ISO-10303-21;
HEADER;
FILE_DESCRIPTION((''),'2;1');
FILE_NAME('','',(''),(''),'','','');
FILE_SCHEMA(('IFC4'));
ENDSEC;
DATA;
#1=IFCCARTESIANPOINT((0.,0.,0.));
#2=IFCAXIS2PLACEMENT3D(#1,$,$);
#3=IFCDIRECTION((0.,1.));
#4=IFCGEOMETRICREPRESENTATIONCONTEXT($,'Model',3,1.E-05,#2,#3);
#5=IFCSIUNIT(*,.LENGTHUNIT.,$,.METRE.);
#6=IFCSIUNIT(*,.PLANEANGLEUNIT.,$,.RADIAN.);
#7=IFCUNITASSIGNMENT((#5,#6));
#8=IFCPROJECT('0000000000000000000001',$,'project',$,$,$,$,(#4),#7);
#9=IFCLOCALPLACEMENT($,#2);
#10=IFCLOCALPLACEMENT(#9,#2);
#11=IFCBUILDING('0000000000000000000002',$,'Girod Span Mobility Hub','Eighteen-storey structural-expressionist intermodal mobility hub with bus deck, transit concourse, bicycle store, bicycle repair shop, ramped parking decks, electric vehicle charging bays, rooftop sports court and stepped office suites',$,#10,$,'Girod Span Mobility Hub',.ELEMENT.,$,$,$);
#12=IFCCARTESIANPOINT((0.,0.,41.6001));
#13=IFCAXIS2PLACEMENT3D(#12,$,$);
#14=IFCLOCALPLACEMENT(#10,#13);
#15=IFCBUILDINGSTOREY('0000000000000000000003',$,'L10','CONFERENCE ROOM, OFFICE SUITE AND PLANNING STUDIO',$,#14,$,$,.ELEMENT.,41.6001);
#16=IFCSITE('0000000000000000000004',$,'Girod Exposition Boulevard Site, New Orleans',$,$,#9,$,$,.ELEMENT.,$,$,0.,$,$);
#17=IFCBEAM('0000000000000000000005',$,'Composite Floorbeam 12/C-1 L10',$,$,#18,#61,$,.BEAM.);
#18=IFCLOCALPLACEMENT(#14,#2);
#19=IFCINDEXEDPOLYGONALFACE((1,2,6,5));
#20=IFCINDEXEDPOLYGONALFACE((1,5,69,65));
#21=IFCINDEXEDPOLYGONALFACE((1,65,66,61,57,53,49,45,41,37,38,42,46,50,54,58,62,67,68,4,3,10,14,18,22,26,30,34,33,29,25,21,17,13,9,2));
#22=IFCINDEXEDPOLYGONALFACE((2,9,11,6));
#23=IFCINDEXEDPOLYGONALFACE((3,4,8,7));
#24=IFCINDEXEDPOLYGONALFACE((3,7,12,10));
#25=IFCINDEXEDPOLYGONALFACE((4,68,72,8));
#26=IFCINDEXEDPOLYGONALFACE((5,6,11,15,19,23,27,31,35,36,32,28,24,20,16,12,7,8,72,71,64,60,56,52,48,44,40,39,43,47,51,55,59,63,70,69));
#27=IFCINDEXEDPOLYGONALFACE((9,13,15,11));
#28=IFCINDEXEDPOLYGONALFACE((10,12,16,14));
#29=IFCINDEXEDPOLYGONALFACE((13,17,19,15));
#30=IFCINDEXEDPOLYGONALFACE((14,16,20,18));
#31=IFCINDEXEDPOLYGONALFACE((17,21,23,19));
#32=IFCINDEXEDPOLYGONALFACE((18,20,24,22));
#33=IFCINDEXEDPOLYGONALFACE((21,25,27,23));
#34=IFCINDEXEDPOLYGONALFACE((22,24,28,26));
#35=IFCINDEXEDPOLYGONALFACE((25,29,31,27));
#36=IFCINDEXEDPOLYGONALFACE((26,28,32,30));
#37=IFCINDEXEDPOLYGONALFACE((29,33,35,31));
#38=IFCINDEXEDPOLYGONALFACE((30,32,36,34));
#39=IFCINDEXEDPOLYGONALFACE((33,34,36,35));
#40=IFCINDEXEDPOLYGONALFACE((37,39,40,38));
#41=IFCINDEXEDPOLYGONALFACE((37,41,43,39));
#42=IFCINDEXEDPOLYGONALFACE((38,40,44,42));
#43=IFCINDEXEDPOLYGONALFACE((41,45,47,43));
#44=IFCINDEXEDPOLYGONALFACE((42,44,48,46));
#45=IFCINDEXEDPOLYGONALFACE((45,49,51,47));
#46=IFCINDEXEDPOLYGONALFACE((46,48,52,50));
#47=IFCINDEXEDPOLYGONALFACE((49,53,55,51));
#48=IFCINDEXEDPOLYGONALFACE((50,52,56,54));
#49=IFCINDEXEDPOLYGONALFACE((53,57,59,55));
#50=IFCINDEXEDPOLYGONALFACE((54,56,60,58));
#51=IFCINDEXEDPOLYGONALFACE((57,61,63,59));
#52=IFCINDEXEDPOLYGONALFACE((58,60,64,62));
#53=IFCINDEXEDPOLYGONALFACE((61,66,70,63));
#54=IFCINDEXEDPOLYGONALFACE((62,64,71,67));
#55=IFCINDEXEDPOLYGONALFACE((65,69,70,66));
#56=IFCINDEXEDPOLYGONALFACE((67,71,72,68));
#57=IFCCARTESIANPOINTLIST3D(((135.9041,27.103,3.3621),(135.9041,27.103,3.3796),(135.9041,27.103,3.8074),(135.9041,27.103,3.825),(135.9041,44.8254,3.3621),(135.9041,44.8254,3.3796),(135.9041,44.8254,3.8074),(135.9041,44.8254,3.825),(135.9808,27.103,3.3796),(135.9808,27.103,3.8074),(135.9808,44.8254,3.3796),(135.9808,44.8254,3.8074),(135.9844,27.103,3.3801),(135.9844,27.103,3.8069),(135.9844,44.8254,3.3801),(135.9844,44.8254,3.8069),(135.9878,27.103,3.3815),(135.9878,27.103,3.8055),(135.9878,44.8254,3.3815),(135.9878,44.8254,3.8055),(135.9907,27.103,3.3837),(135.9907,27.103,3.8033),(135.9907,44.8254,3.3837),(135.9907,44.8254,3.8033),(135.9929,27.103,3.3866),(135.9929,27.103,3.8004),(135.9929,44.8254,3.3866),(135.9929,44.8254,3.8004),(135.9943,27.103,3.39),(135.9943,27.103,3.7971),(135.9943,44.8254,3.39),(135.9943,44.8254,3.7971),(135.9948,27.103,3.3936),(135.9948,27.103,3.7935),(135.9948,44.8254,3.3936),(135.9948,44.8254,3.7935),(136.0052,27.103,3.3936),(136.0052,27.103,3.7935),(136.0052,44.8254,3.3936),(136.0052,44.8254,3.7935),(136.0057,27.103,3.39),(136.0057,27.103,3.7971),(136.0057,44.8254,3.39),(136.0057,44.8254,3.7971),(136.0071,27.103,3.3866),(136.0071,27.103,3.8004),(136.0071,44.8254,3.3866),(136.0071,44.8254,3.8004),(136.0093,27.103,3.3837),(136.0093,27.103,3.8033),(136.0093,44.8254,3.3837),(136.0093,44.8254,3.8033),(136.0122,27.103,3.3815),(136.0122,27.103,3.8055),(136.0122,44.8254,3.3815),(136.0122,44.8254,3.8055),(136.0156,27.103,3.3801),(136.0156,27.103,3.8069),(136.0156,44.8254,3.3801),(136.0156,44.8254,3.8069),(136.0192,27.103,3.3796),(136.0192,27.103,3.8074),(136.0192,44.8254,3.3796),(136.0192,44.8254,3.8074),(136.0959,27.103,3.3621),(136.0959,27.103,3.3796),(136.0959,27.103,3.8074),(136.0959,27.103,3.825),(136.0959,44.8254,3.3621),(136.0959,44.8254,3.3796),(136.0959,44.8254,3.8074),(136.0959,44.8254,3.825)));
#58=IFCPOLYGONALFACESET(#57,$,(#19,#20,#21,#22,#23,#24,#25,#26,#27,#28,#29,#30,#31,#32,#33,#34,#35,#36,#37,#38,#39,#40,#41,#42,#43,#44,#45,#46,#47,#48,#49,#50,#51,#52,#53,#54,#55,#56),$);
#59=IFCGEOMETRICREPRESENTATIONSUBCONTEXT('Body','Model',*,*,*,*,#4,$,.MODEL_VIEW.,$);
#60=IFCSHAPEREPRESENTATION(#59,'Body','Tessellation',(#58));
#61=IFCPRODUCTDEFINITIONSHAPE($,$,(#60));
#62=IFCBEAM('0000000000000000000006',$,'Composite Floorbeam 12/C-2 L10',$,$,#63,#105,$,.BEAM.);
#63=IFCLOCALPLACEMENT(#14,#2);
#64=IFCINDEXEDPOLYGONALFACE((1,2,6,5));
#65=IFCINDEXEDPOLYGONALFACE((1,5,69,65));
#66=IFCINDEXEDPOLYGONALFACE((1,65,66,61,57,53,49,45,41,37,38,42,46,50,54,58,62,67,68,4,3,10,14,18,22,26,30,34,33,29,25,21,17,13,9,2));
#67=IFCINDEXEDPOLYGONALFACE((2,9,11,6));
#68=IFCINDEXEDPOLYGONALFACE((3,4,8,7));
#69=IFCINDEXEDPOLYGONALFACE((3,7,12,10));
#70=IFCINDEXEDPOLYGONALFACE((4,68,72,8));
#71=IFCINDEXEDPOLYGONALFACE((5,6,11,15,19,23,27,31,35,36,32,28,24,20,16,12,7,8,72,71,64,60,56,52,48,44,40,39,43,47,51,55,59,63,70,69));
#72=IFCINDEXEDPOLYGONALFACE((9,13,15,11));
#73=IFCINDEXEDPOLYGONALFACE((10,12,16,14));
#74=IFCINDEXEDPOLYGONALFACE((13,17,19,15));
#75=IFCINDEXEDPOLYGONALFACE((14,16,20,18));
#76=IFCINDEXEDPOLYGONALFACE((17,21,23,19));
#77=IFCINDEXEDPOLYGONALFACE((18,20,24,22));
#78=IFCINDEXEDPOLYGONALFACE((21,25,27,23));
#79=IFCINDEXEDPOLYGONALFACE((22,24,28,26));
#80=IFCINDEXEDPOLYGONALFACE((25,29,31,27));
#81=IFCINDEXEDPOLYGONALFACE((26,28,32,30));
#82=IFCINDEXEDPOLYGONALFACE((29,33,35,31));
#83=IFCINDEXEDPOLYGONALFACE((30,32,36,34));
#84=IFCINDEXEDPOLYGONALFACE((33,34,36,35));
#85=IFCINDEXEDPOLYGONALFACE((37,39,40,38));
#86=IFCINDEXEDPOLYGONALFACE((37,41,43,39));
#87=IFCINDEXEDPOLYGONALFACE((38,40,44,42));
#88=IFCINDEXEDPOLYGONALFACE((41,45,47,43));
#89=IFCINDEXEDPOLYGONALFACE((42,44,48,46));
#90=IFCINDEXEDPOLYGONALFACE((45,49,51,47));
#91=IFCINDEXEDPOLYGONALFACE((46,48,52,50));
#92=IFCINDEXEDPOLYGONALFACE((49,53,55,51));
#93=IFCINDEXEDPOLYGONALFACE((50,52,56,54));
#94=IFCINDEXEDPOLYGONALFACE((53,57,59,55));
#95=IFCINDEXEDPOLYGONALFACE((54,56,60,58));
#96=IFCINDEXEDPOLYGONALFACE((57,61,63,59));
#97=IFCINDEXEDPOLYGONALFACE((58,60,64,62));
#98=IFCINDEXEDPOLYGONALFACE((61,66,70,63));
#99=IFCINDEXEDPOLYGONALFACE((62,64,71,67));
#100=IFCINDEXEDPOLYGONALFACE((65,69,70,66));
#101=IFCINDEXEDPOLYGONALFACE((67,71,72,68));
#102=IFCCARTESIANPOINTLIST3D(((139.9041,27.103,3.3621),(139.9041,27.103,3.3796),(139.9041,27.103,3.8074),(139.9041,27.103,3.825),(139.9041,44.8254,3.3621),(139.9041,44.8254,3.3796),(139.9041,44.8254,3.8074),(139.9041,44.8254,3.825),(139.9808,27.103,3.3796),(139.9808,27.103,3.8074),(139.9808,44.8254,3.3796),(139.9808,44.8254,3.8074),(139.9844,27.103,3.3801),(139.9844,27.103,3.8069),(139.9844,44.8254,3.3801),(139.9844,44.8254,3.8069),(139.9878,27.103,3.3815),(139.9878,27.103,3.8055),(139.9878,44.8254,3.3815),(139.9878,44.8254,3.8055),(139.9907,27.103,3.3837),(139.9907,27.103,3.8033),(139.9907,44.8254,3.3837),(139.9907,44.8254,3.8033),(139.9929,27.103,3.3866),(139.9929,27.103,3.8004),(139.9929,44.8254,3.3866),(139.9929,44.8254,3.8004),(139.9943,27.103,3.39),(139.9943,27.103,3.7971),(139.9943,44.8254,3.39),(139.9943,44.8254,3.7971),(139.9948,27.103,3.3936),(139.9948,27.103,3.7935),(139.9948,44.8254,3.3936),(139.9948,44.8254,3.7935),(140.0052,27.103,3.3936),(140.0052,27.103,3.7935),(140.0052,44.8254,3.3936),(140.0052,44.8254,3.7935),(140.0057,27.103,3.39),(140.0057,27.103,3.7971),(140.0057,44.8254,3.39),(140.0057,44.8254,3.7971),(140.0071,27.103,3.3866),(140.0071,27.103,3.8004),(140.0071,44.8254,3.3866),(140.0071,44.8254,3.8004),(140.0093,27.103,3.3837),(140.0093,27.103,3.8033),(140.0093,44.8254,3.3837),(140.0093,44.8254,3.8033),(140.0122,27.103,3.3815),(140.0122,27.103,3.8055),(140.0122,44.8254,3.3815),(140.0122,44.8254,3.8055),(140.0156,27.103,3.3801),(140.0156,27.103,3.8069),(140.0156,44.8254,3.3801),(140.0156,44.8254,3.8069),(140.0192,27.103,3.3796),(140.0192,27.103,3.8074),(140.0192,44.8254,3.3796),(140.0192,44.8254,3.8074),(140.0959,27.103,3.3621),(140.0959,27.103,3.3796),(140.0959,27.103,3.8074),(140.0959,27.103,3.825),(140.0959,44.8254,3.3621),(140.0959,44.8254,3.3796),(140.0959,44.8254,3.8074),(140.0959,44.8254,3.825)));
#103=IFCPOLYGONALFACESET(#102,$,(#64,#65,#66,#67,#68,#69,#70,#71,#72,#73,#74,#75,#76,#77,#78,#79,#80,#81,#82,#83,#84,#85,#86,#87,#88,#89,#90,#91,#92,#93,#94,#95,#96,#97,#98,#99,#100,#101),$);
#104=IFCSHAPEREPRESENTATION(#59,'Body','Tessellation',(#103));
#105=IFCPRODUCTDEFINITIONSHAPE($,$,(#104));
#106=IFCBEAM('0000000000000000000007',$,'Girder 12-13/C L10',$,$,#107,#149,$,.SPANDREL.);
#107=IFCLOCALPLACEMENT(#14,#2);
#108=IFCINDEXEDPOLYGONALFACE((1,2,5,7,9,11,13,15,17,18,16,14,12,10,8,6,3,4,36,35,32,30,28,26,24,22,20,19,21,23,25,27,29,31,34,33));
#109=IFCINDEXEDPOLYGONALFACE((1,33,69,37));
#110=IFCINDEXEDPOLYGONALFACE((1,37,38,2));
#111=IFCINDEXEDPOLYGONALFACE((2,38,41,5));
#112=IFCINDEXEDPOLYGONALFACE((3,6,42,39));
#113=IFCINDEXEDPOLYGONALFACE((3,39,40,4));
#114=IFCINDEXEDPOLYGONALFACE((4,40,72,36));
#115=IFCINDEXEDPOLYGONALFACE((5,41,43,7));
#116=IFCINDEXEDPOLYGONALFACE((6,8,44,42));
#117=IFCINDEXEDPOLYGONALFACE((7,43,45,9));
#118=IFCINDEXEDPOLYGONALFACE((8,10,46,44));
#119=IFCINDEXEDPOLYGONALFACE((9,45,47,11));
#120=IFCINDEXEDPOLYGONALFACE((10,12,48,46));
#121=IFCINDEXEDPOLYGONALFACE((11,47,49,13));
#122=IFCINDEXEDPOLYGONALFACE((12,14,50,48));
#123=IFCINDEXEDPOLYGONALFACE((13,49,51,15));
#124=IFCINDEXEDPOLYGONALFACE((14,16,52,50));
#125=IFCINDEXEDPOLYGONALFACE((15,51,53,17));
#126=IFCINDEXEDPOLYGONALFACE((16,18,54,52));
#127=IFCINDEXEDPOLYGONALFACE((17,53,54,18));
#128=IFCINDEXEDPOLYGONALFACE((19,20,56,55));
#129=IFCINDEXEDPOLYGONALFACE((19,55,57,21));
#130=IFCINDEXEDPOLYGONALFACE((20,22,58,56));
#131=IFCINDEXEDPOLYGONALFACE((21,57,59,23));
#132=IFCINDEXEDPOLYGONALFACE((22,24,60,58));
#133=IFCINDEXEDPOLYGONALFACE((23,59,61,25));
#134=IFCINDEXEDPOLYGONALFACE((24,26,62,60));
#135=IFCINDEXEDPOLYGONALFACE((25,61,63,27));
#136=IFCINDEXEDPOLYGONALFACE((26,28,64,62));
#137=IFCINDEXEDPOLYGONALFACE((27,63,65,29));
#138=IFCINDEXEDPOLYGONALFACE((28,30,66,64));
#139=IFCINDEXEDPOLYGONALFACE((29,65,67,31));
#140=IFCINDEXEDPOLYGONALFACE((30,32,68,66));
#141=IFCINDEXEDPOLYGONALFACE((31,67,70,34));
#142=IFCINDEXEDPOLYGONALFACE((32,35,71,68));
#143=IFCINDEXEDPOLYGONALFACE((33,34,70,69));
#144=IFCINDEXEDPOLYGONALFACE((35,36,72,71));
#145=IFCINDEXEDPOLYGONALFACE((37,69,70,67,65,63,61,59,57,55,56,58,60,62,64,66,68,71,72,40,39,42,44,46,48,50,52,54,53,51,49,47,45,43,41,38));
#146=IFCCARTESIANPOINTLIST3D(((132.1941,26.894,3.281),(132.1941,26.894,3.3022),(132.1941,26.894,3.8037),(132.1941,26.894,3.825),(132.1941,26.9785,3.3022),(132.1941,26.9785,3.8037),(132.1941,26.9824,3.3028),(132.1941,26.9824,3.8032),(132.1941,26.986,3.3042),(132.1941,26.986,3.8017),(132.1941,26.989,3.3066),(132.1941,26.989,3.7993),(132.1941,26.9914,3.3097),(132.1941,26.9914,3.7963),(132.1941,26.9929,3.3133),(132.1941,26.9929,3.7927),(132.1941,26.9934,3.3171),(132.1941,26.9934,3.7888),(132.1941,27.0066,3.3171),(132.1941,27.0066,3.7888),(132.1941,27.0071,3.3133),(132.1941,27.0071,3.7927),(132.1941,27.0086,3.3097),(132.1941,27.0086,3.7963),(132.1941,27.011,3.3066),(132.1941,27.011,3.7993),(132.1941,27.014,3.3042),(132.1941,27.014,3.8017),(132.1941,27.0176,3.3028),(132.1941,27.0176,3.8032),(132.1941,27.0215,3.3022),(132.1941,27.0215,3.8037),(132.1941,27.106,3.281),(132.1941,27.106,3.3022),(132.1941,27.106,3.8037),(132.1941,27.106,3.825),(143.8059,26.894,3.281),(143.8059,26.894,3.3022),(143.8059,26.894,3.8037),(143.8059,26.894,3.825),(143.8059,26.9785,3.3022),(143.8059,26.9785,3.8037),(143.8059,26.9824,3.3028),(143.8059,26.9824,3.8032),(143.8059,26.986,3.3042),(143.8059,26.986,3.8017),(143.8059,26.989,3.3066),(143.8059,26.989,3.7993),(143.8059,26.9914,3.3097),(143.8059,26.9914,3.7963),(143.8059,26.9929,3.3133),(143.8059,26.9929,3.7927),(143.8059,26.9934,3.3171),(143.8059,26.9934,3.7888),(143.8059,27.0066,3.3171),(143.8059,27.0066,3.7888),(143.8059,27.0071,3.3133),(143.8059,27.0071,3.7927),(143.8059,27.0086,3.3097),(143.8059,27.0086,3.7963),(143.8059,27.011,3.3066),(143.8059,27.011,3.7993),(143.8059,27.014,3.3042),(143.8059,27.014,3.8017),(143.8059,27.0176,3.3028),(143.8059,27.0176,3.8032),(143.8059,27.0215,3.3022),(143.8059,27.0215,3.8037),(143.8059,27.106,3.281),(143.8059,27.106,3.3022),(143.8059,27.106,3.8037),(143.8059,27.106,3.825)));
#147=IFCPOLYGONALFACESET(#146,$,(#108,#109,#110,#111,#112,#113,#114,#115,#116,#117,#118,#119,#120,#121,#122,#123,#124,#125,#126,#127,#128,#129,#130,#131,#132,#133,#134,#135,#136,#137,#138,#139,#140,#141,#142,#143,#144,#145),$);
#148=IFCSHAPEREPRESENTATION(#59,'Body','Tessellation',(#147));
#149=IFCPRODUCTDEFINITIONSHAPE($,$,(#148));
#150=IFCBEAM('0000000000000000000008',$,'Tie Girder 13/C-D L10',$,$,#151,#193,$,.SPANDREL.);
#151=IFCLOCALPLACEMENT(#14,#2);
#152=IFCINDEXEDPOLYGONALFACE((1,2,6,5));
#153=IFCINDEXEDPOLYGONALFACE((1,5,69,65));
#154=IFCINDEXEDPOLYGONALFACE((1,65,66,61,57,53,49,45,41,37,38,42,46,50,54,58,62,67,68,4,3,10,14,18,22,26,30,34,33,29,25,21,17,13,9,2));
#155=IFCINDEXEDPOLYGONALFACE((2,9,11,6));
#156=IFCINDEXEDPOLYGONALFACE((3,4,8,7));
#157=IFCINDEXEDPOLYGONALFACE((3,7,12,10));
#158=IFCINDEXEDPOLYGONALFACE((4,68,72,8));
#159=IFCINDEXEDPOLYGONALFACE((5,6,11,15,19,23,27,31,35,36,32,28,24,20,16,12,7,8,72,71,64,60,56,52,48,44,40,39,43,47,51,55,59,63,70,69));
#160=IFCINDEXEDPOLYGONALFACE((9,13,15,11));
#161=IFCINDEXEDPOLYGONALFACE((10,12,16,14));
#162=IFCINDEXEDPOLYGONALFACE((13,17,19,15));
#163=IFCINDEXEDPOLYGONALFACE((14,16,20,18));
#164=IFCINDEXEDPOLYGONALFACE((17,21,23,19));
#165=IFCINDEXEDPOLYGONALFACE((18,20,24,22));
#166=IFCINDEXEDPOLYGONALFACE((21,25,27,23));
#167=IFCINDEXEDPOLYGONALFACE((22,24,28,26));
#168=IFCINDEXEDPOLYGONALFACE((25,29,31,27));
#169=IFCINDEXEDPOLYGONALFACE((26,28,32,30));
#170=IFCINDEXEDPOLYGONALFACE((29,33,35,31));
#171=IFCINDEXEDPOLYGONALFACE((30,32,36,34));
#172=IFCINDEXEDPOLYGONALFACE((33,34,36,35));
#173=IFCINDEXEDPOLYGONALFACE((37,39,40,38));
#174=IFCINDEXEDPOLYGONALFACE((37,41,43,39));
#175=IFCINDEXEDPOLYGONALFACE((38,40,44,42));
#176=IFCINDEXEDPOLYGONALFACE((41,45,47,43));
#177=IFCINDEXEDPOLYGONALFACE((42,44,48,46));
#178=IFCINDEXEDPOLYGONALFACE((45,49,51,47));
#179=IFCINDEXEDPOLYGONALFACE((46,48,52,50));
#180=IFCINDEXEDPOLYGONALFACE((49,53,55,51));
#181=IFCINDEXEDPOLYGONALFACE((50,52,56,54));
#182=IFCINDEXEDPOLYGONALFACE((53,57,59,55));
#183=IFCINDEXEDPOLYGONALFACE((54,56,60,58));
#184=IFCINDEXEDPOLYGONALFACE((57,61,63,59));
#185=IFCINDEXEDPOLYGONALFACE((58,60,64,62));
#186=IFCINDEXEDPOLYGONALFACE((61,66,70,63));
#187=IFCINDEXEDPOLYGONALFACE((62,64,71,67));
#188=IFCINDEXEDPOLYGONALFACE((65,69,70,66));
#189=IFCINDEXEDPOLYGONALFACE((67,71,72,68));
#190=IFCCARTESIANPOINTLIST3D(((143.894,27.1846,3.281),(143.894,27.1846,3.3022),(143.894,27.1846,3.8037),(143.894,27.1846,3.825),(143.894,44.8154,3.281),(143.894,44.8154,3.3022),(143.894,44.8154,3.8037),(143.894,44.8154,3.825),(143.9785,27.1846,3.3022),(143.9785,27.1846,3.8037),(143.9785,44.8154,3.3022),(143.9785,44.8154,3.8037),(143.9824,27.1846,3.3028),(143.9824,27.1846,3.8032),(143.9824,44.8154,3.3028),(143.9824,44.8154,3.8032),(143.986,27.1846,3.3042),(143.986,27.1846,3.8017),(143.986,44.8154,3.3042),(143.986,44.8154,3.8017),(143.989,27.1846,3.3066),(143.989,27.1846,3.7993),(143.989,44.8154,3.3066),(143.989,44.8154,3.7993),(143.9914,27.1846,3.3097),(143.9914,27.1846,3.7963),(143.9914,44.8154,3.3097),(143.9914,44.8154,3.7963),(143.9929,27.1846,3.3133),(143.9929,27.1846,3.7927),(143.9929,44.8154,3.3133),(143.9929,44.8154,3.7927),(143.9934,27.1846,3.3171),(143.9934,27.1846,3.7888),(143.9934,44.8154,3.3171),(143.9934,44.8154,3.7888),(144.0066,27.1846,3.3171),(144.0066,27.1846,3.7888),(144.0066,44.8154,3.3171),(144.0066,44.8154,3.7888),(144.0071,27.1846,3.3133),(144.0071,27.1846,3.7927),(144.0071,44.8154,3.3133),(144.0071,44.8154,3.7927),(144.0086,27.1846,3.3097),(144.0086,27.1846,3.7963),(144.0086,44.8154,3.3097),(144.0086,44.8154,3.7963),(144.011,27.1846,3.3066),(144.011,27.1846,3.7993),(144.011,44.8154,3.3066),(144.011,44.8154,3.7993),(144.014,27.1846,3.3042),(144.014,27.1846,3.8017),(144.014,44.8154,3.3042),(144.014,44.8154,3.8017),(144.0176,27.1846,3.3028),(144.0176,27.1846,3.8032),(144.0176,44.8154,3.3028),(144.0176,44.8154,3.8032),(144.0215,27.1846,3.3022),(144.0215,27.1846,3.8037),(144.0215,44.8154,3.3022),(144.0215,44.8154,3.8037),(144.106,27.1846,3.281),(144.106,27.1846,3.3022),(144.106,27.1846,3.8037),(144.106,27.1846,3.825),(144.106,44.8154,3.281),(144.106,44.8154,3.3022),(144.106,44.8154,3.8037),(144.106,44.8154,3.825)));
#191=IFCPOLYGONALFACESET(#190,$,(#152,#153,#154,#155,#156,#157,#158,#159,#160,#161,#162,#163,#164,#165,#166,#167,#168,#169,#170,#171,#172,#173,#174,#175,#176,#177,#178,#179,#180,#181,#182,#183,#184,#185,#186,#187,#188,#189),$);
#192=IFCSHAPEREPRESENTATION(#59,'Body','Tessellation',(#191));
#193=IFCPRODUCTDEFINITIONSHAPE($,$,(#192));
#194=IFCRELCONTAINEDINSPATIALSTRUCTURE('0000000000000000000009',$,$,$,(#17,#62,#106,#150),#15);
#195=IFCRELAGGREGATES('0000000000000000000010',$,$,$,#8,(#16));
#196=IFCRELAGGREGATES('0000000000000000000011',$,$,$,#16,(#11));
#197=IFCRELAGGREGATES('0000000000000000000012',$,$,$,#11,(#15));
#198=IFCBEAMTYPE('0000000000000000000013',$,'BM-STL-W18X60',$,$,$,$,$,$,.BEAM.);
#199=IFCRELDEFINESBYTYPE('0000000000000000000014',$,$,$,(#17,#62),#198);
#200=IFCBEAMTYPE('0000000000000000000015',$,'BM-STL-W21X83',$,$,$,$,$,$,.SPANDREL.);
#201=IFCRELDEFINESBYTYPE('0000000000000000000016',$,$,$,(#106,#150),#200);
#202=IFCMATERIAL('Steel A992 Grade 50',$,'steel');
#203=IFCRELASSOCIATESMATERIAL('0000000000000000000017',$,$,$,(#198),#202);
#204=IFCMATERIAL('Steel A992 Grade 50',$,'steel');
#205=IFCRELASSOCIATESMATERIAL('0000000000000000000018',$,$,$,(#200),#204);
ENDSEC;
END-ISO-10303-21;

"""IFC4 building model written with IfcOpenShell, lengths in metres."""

from ifc_helpers import new_model, si_unit, direction, frame, origin, origin_2d, place, context, subcontext, project, spatial, i_section, extrude, material, material_profile, profile_set, type_object, element, save


model = new_model("IFC4")

# Units and contexts
model_context = context("Model", 3, precision=1e-05, world=origin(), true_north=direction((0.0, 1.0)))
body_context = subcontext(model_context, "Body", "Model", "MODEL_VIEW")
ifc_project = project(units=[si_unit("LENGTHUNIT", "METRE"), si_unit("PLANEANGLEUNIT", "RADIAN")], contexts=[model_context])

# Site, building, storey
site_placement = place(None, origin())
site = spatial("IfcSite", under=ifc_project, at=site_placement, Name="Girod Exposition Boulevard Site, New Orleans", CompositionType="ELEMENT", RefElevation=0.0)
building_placement = place(site_placement, origin())
building = spatial("IfcBuilding", under=site, at=building_placement, Name="Girod Span Mobility Hub", Description="Eighteen-storey structural-expressionist intermodal mobility hub with bus deck, transit concourse, bicycle store, bicycle repair shop, ramped parking decks, electric vehicle charging bays, rooftop sports court and stepped office suites", LongName="Girod Span Mobility Hub", CompositionType="ELEMENT")
storey_placement = place(building_placement, frame((0.0, 0.0, 41.6001)))
storey = spatial("IfcBuildingStorey", under=building, at=storey_placement, Name="L10", Description="CONFERENCE ROOM, OFFICE SUITE AND PLANNING STUDIO", CompositionType="ELEMENT", Elevation=41.6001)

# Beams
ifc_material_1 = material(Name="Steel A992 Grade 50", Category="steel")
ifc_material_profile_1 = material_profile(ifc_material_1, i_section(OverallWidth=0.1919, OverallDepth=0.4629, WebThickness=0.0105, FlangeThickness=0.0176, FilletRadius=0.0139, at=origin_2d()), Name="W18X60")
ifc_profile_set_1 = profile_set([ifc_material_profile_1], Name="Steel A992 Grade 50")
beam_type_1 = type_object("IfcBeamType", Name="BM-STL-W18X60", PredefinedType="BEAM", material=ifc_profile_set_1)
for number, where, z_axis, x_axis, name in (
    (1, (136.0, 27.103, 3.5935), (0.0, 1.0, 0.0), (-1.0, 0.0, 0.0), "Composite Floorbeam 12/C-1 L10"),
    (2, (140.0, 27.103, 3.5935), (0.0, 1.0, 0.0), (-1.0, 0.0, 0.0), "Composite Floorbeam 12/C-2 L10"),
):
    element("IfcBeam", number, at=place(storey_placement, frame(where, z_axis=z_axis, x_axis=x_axis)), inside=storey, type_object=beam_type_1, Name=name, PredefinedType="BEAM", context=body_context, shape_type="SweptSolid", body=[
        extrude(i_section(OverallWidth=0.1919, OverallDepth=0.4629, WebThickness=0.0105, FlangeThickness=0.0176, FilletRadius=0.0139, at=origin_2d()), origin(), (0.0, 0.0, 1.0), 17.7224),
    ])
ifc_material_2 = material(Name="Steel A992 Grade 50", Category="steel")
ifc_material_profile_2 = material_profile(ifc_material_2, i_section(OverallWidth=0.2119, OverallDepth=0.5439, WebThickness=0.0132, FlangeThickness=0.0212, FilletRadius=0.0149, at=origin_2d()), Name="W21X83")
ifc_profile_set_2 = profile_set([ifc_material_profile_2], Name="Steel A992 Grade 50")
beam_type_2 = type_object("IfcBeamType", Name="BM-STL-W21X83", PredefinedType="SPANDREL", material=ifc_profile_set_2)
beam_1_placement = place(storey_placement, frame((132.1941, 27.0, 3.553), z_axis=(1.0, 0.0, 0.0), x_axis=(0.0, 1.0, 0.0)))
element("IfcBeam", 3, at=beam_1_placement, inside=storey, type_object=beam_type_2, Name="Girder 12-13/C L10", PredefinedType="SPANDREL", context=body_context, shape_type="SweptSolid", body=[
    extrude(i_section(OverallWidth=0.2119, OverallDepth=0.5439, WebThickness=0.0132, FlangeThickness=0.0212, FilletRadius=0.0149, at=origin_2d()), origin(), (0.0, 0.0, 1.0), 11.6118),
])
beam_2_placement = place(storey_placement, frame((144.0, 27.1846, 3.553), z_axis=(0.0, 1.0, 0.0), x_axis=(-1.0, 0.0, 0.0)))
element("IfcBeam", 4, at=beam_2_placement, inside=storey, type_object=beam_type_2, Name="Tie Girder 13/C-D L10", PredefinedType="SPANDREL", context=body_context, shape_type="SweptSolid", body=[
    extrude(i_section(OverallWidth=0.2119, OverallDepth=0.5439, WebThickness=0.0132, FlangeThickness=0.0212, FilletRadius=0.0149, at=origin_2d()), origin(), (0.0, 0.0, 1.0), 17.6309),
])

save(model, "model.ifc")
